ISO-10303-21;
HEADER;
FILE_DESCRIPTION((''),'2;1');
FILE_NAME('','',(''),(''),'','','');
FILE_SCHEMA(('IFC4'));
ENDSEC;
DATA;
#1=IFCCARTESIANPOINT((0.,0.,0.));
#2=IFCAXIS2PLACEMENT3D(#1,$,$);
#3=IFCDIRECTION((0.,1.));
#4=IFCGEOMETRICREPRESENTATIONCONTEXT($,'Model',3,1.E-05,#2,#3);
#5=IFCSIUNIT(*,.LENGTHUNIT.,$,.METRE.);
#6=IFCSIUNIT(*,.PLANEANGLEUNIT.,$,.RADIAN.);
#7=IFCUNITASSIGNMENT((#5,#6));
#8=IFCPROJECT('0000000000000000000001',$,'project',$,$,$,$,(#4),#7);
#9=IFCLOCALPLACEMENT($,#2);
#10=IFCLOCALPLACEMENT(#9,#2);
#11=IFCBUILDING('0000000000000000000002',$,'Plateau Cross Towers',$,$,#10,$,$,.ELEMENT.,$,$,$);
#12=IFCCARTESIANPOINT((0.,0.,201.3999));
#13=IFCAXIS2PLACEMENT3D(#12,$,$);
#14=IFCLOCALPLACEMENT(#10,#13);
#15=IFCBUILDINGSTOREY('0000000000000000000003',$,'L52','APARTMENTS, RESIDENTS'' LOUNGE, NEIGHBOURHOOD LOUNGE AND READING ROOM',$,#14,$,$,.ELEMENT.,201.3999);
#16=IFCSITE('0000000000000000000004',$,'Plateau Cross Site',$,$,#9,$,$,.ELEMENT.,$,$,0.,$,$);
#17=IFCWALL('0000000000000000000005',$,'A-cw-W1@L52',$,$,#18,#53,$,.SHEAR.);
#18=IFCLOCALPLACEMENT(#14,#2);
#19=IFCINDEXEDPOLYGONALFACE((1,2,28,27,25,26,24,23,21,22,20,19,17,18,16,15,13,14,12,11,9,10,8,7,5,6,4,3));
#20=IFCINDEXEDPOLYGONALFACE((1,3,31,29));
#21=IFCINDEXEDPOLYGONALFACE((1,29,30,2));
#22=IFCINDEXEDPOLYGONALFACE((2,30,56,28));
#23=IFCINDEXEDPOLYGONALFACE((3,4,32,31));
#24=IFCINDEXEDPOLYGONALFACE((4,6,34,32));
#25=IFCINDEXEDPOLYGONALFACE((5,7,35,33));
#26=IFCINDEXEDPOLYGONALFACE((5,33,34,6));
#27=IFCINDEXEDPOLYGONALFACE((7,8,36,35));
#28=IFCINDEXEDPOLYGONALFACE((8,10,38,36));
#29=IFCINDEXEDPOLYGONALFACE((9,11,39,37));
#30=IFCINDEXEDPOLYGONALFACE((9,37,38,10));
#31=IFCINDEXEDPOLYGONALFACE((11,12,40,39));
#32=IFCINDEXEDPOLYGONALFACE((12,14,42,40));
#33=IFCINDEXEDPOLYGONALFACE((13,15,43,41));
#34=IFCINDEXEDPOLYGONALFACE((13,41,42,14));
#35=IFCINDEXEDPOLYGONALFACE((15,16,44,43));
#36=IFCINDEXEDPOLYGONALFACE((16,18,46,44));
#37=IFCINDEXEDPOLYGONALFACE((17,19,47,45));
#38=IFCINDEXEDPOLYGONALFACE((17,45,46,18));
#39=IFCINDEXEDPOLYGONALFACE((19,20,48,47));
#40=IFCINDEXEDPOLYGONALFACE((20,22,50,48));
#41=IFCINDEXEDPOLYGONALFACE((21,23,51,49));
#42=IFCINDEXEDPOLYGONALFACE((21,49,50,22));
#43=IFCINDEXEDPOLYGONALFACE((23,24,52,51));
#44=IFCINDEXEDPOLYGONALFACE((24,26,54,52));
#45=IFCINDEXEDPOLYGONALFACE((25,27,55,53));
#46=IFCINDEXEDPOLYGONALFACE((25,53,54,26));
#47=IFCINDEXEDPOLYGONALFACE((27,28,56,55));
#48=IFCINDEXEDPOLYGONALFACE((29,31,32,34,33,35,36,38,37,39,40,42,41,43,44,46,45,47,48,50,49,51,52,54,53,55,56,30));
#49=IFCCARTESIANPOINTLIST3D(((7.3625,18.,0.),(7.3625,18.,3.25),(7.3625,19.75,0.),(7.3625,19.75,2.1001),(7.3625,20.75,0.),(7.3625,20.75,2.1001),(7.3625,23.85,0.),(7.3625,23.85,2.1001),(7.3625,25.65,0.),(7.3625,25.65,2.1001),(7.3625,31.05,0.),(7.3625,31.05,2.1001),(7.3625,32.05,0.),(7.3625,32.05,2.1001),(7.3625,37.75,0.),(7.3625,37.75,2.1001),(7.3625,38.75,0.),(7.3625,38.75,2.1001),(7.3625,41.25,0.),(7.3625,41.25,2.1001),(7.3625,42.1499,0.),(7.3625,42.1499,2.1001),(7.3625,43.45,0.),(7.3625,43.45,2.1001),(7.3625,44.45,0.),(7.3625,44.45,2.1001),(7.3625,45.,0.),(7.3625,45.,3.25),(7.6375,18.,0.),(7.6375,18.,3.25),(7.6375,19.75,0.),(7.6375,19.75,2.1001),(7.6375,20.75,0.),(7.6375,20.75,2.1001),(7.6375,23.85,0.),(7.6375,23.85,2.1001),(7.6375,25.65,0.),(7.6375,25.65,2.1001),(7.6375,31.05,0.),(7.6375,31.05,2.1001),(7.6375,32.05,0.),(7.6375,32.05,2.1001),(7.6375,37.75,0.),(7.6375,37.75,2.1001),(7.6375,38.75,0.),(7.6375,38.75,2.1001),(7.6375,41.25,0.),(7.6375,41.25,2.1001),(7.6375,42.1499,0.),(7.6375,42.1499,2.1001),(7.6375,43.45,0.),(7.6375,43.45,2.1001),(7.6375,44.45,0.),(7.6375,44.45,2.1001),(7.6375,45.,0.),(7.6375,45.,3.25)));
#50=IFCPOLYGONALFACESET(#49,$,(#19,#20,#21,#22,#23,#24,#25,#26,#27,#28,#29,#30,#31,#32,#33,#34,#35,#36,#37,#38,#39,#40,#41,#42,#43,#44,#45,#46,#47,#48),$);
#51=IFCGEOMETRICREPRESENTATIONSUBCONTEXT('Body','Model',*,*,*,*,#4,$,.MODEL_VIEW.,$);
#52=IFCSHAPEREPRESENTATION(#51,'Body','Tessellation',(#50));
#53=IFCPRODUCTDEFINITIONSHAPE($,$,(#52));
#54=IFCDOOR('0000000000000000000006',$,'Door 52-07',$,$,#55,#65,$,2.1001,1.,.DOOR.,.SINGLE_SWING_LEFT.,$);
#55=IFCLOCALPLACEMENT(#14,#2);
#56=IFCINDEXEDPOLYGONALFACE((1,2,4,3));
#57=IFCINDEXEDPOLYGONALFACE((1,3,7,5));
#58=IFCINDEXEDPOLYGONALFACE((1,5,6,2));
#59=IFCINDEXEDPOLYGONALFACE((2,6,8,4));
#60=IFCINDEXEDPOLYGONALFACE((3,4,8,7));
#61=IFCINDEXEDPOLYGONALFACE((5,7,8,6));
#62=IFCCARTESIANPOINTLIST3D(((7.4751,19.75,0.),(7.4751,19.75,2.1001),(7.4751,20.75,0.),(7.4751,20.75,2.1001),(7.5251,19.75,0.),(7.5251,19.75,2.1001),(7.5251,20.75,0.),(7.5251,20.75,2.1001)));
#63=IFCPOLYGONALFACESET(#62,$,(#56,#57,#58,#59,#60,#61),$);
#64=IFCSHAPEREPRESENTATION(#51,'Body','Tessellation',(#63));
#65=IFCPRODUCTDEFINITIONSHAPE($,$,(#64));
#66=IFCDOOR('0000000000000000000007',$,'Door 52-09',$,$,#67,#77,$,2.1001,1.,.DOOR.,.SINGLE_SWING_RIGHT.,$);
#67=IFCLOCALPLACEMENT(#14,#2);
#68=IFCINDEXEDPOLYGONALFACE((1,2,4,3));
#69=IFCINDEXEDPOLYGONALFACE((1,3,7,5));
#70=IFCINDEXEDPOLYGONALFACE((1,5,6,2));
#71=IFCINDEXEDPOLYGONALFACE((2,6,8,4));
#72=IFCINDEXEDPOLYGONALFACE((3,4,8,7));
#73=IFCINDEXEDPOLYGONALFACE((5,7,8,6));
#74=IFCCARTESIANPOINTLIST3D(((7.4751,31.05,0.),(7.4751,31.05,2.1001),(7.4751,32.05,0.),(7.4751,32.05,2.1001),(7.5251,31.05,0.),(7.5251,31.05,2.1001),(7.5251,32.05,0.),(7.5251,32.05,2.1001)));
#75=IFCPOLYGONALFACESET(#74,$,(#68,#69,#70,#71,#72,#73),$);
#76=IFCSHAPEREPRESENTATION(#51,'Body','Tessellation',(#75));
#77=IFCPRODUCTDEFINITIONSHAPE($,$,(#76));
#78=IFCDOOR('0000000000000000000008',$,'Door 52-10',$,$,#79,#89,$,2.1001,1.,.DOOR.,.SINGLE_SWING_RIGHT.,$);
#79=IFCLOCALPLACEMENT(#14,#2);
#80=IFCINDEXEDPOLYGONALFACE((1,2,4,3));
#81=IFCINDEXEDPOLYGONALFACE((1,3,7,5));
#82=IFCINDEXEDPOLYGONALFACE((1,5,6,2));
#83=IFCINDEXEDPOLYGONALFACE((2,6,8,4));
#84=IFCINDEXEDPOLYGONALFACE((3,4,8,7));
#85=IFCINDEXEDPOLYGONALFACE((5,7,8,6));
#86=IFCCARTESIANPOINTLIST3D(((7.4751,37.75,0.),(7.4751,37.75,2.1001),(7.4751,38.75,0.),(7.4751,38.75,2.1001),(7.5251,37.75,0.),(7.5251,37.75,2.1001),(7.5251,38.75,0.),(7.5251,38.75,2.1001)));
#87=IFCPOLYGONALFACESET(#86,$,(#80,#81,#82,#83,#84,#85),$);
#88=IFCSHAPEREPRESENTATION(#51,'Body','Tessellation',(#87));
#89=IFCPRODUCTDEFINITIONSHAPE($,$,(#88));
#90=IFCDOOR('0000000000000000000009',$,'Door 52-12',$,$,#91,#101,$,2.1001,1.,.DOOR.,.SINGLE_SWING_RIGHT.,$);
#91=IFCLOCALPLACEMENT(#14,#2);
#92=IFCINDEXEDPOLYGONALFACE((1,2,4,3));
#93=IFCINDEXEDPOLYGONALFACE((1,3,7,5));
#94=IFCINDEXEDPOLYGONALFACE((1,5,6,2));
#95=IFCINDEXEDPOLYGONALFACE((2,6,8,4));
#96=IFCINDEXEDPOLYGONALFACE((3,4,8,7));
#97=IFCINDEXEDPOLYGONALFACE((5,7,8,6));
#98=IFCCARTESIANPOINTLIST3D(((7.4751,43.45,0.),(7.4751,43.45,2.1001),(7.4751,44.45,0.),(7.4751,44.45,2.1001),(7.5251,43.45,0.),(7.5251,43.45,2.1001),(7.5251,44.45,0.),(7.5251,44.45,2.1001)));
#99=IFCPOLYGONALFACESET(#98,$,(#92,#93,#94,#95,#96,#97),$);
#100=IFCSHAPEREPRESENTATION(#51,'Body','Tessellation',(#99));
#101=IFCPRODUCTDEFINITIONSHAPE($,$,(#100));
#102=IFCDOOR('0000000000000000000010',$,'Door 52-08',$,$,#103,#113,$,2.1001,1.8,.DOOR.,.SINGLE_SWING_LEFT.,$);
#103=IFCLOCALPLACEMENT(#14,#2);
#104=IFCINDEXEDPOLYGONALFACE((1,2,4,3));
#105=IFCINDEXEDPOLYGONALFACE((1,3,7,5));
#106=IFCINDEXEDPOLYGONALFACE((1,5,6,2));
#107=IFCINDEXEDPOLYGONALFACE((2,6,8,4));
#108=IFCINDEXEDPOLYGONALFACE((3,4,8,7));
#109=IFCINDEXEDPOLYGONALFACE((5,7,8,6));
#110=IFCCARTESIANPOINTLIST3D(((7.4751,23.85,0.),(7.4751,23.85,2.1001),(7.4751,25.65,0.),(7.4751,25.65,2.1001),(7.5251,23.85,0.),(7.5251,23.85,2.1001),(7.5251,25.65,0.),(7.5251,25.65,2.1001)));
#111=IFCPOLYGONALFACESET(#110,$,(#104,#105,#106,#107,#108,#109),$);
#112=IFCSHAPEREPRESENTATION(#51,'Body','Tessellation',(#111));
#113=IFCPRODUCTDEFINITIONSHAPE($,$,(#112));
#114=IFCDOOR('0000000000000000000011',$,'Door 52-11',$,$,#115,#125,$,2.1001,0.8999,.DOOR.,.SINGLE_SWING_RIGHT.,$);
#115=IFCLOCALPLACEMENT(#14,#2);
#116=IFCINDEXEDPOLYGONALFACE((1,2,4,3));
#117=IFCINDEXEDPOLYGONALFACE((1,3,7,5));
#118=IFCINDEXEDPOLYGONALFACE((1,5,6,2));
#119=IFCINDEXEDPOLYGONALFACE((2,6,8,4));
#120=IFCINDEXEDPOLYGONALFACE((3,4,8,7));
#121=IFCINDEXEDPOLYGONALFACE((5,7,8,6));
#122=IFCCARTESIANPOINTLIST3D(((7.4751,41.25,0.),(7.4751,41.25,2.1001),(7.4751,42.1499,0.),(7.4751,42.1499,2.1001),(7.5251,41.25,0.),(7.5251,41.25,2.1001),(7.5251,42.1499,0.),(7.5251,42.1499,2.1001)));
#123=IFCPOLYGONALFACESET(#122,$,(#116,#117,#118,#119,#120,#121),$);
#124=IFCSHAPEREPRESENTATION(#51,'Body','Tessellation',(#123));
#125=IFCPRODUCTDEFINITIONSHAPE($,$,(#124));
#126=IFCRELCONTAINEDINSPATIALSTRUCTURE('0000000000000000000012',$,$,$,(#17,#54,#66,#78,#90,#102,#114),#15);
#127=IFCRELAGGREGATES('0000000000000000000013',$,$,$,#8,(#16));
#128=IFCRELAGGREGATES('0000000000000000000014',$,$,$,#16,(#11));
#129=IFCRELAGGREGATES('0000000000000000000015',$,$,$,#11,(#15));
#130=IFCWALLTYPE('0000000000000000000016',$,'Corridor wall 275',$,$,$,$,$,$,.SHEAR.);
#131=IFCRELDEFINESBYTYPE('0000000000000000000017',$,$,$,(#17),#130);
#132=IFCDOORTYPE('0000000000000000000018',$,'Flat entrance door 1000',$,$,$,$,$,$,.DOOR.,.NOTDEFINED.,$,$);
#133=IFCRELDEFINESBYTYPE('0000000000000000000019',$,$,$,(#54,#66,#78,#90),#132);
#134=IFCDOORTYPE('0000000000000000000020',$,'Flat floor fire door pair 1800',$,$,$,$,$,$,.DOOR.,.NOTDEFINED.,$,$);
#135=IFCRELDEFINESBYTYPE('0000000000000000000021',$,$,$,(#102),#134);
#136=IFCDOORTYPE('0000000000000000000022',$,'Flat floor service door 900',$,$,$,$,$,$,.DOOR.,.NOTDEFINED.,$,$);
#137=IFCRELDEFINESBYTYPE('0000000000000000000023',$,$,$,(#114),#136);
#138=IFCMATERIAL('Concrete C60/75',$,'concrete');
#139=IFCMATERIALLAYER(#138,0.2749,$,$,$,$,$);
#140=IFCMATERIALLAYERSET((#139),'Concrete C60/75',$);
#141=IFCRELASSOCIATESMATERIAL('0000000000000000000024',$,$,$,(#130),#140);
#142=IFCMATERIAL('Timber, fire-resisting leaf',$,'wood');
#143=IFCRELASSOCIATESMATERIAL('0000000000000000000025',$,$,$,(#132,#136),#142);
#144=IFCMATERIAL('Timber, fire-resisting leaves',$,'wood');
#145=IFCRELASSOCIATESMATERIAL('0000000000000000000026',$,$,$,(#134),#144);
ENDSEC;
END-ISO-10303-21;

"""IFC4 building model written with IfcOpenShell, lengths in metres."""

from ifc_helpers import new_model, si_unit, direction, frame, frame_2d, origin, place, context, subcontext, project, spatial, rectangle, extrude, material, layer, layer_set, type_object, element, fill, save


model = new_model("IFC4")

# Units and contexts
model_context = context("Model", 3, precision=1e-05, world=origin(), true_north=direction((0.0, 1.0)))
body_context = subcontext(model_context, "Body", "Model", "MODEL_VIEW")
ifc_project = project(units=[si_unit("LENGTHUNIT", "METRE"), si_unit("PLANEANGLEUNIT", "RADIAN")], contexts=[model_context])

# Site, building, storey
site_placement = place(None, origin())
site = spatial("IfcSite", under=ifc_project, at=site_placement, Name="Plateau Cross Site", CompositionType="ELEMENT", RefElevation=0.0)
building_placement = place(site_placement, origin())
building = spatial("IfcBuilding", under=site, at=building_placement, Name="Plateau Cross Towers", CompositionType="ELEMENT")
storey_placement = place(building_placement, frame((0.0, 0.0, 201.3999)))
storey = spatial("IfcBuildingStorey", under=building, at=storey_placement, Name="L52", Description="APARTMENTS, RESIDENTS' LOUNGE, NEIGHBOURHOOD LOUNGE AND READING ROOM", CompositionType="ELEMENT", Elevation=201.3999)

# Shared definitions
ifc_material_1 = material(Name="Timber, fire-resisting leaf", Category="wood")

# Wall, openings, doors
ifc_material_2 = material(Name="Concrete C60/75", Category="concrete")
ifc_layer_1 = layer(ifc_material_2, 0.2749)
ifc_layer_set_1 = layer_set([ifc_layer_1], Name="Concrete C60/75")
wall_type_1 = type_object("IfcWallType", Name="Corridor wall 275", PredefinedType="SHEAR", material=ifc_layer_set_1)
wall_1_placement = place(storey_placement, frame((7.5, 18.0, 0.0), z_axis=(0.0, 0.0, 1.0), x_axis=(0.0, 1.0, 0.0)))
wall_1 = element("IfcWall", 1, at=wall_1_placement, inside=storey, type_object=wall_type_1, Name="A-cw-W1@L52", PredefinedType="SHEAR", context=body_context, shape_type="SweptSolid", body=[
    extrude(rectangle(XDim=27.0, YDim=0.2749, at=frame_2d((13.5, 0.0))), origin(), (0.0, 0.0, 1.0), 3.25),
])
opening_1_placement = place(wall_1_placement, frame((1.75, 0.0, 0.0)))
opening_1 = element("IfcOpeningElement", 2, at=opening_1_placement, cuts=wall_1, PredefinedType="OPENING", context=body_context, shape_type="SweptSolid", body=[
    extrude(rectangle(XDim=1.0, YDim=2.1001, at=frame_2d((0.5, 1.05))), frame((0.0, 0.1475, 0.0), z_axis=(0.0, -1.0, 0.0), x_axis=(1.0, 0.0, 0.0)), (0.0, 0.0, 1.0), 0.2949),
])
opening_2_placement = place(wall_1_placement, frame((5.8501, 0.0, 0.0)))
opening_2 = element("IfcOpeningElement", 3, at=opening_2_placement, cuts=wall_1, PredefinedType="OPENING", context=body_context, shape_type="SweptSolid", body=[
    extrude(rectangle(XDim=1.8, YDim=2.1001, at=frame_2d((0.8999, 1.05))), frame((0.0, 0.1475, 0.0), z_axis=(0.0, -1.0, 0.0), x_axis=(1.0, 0.0, 0.0)), (0.0, 0.0, 1.0), 0.2949),
])
opening_3_placement = place(wall_1_placement, frame((13.05, 0.0, 0.0)))
opening_3 = element("IfcOpeningElement", 4, at=opening_3_placement, cuts=wall_1, PredefinedType="OPENING", context=body_context, shape_type="SweptSolid", body=[
    extrude(rectangle(XDim=1.0, YDim=2.1001, at=frame_2d((0.5, 1.05))), frame((0.0, 0.1475, 0.0), z_axis=(0.0, -1.0, 0.0), x_axis=(1.0, 0.0, 0.0)), (0.0, 0.0, 1.0), 0.2949),
])
opening_4_placement = place(wall_1_placement, frame((19.75, 0.0, 0.0)))
opening_4 = element("IfcOpeningElement", 5, at=opening_4_placement, cuts=wall_1, PredefinedType="OPENING", context=body_context, shape_type="SweptSolid", body=[
    extrude(rectangle(XDim=1.0, YDim=2.1001, at=frame_2d((0.5, 1.05))), frame((0.0, 0.1475, 0.0), z_axis=(0.0, -1.0, 0.0), x_axis=(1.0, 0.0, 0.0)), (0.0, 0.0, 1.0), 0.2949),
])
opening_5_placement = place(wall_1_placement, frame((23.25, 0.0, 0.0)))
opening_5 = element("IfcOpeningElement", 6, at=opening_5_placement, cuts=wall_1, PredefinedType="OPENING", context=body_context, shape_type="SweptSolid", body=[
    extrude(rectangle(XDim=0.8999, YDim=2.1001, at=frame_2d((0.45, 1.05))), frame((0.0, 0.1475, 0.0), z_axis=(0.0, -1.0, 0.0), x_axis=(1.0, 0.0, 0.0)), (0.0, 0.0, 1.0), 0.2949),
])
opening_6_placement = place(wall_1_placement, frame((25.45, 0.0, 0.0)))
opening_6 = element("IfcOpeningElement", 7, at=opening_6_placement, cuts=wall_1, PredefinedType="OPENING", context=body_context, shape_type="SweptSolid", body=[
    extrude(rectangle(XDim=1.0, YDim=2.1001, at=frame_2d((0.5, 1.05))), frame((0.0, 0.1475, 0.0), z_axis=(0.0, -1.0, 0.0), x_axis=(1.0, 0.0, 0.0)), (0.0, 0.0, 1.0), 0.2949),
])
door_type_1 = type_object("IfcDoorType", Name="Flat entrance door 1000", OperationType="NOTDEFINED", PredefinedType="DOOR", material=ifc_material_1)
door_1_placement = place(opening_1_placement, origin())
door_1 = element("IfcDoor", 8, at=door_1_placement, inside=storey, type_object=door_type_1, Name="Door 52-07", OperationType="SINGLE_SWING_LEFT", OverallHeight=2.1001, OverallWidth=1.0, PredefinedType="DOOR", context=body_context, shape_type="SweptSolid", body=[
    extrude(rectangle(XDim=1.0, YDim=2.1001, at=frame_2d((0.5, 1.05))), frame((0.0, 0.0249, 0.0), z_axis=(0.0, -1.0, 0.0), x_axis=(1.0, 0.0, 0.0)), (0.0, 0.0, 1.0), 0.05),
])
fill(opening_1, door_1)
door_2_placement = place(opening_3_placement, origin())
door_2 = element("IfcDoor", 9, at=door_2_placement, inside=storey, type_object=door_type_1, Name="Door 52-09", OperationType="SINGLE_SWING_RIGHT", OverallHeight=2.1001, OverallWidth=1.0, PredefinedType="DOOR", context=body_context, shape_type="SweptSolid", body=[
    extrude(rectangle(XDim=1.0, YDim=2.1001, at=frame_2d((0.5, 1.05))), frame((0.0, 0.0249, 0.0), z_axis=(0.0, -1.0, 0.0), x_axis=(1.0, 0.0, 0.0)), (0.0, 0.0, 1.0), 0.05),
])
fill(opening_3, door_2)
door_3_placement = place(opening_4_placement, origin())
door_3 = element("IfcDoor", 10, at=door_3_placement, inside=storey, type_object=door_type_1, Name="Door 52-10", OperationType="SINGLE_SWING_RIGHT", OverallHeight=2.1001, OverallWidth=1.0, PredefinedType="DOOR", context=body_context, shape_type="SweptSolid", body=[
    extrude(rectangle(XDim=1.0, YDim=2.1001, at=frame_2d((0.5, 1.05))), frame((0.0, 0.0249, 0.0), z_axis=(0.0, -1.0, 0.0), x_axis=(1.0, 0.0, 0.0)), (0.0, 0.0, 1.0), 0.05),
])
fill(opening_4, door_3)
door_4_placement = place(opening_6_placement, origin())
door_4 = element("IfcDoor", 11, at=door_4_placement, inside=storey, type_object=door_type_1, Name="Door 52-12", OperationType="SINGLE_SWING_RIGHT", OverallHeight=2.1001, OverallWidth=1.0, PredefinedType="DOOR", context=body_context, shape_type="SweptSolid", body=[
    extrude(rectangle(XDim=1.0, YDim=2.1001, at=frame_2d((0.5, 1.05))), frame((0.0, 0.0249, 0.0), z_axis=(0.0, -1.0, 0.0), x_axis=(1.0, 0.0, 0.0)), (0.0, 0.0, 1.0), 0.05),
])
fill(opening_6, door_4)
ifc_material_3 = material(Name="Timber, fire-resisting leaves", Category="wood")
door_type_2 = type_object("IfcDoorType", Name="Flat floor fire door pair 1800", OperationType="NOTDEFINED", PredefinedType="DOOR", material=ifc_material_3)
door_5_placement = place(opening_2_placement, origin())
door_5 = element("IfcDoor", 12, at=door_5_placement, inside=storey, type_object=door_type_2, Name="Door 52-08", OperationType="SINGLE_SWING_LEFT", OverallHeight=2.1001, OverallWidth=1.8, PredefinedType="DOOR", context=body_context, shape_type="SweptSolid", body=[
    extrude(rectangle(XDim=1.8, YDim=2.1001, at=frame_2d((0.8999, 1.05))), frame((0.0, 0.0249, 0.0), z_axis=(0.0, -1.0, 0.0), x_axis=(1.0, 0.0, 0.0)), (0.0, 0.0, 1.0), 0.05),
])
fill(opening_2, door_5)
door_type_3 = type_object("IfcDoorType", Name="Flat floor service door 900", OperationType="NOTDEFINED", PredefinedType="DOOR", material=ifc_material_1)
door_6_placement = place(opening_5_placement, origin())
door_6 = element("IfcDoor", 13, at=door_6_placement, inside=storey, type_object=door_type_3, Name="Door 52-11", OperationType="SINGLE_SWING_RIGHT", OverallHeight=2.1001, OverallWidth=0.8999, PredefinedType="DOOR", context=body_context, shape_type="SweptSolid", body=[
    extrude(rectangle(XDim=0.8999, YDim=2.1001, at=frame_2d((0.45, 1.05))), frame((0.0, 0.0249, 0.0), z_axis=(0.0, -1.0, 0.0), x_axis=(1.0, 0.0, 0.0)), (0.0, 0.0, 1.0), 0.05),
])
fill(opening_5, door_6)

save(model, "model.ifc")
